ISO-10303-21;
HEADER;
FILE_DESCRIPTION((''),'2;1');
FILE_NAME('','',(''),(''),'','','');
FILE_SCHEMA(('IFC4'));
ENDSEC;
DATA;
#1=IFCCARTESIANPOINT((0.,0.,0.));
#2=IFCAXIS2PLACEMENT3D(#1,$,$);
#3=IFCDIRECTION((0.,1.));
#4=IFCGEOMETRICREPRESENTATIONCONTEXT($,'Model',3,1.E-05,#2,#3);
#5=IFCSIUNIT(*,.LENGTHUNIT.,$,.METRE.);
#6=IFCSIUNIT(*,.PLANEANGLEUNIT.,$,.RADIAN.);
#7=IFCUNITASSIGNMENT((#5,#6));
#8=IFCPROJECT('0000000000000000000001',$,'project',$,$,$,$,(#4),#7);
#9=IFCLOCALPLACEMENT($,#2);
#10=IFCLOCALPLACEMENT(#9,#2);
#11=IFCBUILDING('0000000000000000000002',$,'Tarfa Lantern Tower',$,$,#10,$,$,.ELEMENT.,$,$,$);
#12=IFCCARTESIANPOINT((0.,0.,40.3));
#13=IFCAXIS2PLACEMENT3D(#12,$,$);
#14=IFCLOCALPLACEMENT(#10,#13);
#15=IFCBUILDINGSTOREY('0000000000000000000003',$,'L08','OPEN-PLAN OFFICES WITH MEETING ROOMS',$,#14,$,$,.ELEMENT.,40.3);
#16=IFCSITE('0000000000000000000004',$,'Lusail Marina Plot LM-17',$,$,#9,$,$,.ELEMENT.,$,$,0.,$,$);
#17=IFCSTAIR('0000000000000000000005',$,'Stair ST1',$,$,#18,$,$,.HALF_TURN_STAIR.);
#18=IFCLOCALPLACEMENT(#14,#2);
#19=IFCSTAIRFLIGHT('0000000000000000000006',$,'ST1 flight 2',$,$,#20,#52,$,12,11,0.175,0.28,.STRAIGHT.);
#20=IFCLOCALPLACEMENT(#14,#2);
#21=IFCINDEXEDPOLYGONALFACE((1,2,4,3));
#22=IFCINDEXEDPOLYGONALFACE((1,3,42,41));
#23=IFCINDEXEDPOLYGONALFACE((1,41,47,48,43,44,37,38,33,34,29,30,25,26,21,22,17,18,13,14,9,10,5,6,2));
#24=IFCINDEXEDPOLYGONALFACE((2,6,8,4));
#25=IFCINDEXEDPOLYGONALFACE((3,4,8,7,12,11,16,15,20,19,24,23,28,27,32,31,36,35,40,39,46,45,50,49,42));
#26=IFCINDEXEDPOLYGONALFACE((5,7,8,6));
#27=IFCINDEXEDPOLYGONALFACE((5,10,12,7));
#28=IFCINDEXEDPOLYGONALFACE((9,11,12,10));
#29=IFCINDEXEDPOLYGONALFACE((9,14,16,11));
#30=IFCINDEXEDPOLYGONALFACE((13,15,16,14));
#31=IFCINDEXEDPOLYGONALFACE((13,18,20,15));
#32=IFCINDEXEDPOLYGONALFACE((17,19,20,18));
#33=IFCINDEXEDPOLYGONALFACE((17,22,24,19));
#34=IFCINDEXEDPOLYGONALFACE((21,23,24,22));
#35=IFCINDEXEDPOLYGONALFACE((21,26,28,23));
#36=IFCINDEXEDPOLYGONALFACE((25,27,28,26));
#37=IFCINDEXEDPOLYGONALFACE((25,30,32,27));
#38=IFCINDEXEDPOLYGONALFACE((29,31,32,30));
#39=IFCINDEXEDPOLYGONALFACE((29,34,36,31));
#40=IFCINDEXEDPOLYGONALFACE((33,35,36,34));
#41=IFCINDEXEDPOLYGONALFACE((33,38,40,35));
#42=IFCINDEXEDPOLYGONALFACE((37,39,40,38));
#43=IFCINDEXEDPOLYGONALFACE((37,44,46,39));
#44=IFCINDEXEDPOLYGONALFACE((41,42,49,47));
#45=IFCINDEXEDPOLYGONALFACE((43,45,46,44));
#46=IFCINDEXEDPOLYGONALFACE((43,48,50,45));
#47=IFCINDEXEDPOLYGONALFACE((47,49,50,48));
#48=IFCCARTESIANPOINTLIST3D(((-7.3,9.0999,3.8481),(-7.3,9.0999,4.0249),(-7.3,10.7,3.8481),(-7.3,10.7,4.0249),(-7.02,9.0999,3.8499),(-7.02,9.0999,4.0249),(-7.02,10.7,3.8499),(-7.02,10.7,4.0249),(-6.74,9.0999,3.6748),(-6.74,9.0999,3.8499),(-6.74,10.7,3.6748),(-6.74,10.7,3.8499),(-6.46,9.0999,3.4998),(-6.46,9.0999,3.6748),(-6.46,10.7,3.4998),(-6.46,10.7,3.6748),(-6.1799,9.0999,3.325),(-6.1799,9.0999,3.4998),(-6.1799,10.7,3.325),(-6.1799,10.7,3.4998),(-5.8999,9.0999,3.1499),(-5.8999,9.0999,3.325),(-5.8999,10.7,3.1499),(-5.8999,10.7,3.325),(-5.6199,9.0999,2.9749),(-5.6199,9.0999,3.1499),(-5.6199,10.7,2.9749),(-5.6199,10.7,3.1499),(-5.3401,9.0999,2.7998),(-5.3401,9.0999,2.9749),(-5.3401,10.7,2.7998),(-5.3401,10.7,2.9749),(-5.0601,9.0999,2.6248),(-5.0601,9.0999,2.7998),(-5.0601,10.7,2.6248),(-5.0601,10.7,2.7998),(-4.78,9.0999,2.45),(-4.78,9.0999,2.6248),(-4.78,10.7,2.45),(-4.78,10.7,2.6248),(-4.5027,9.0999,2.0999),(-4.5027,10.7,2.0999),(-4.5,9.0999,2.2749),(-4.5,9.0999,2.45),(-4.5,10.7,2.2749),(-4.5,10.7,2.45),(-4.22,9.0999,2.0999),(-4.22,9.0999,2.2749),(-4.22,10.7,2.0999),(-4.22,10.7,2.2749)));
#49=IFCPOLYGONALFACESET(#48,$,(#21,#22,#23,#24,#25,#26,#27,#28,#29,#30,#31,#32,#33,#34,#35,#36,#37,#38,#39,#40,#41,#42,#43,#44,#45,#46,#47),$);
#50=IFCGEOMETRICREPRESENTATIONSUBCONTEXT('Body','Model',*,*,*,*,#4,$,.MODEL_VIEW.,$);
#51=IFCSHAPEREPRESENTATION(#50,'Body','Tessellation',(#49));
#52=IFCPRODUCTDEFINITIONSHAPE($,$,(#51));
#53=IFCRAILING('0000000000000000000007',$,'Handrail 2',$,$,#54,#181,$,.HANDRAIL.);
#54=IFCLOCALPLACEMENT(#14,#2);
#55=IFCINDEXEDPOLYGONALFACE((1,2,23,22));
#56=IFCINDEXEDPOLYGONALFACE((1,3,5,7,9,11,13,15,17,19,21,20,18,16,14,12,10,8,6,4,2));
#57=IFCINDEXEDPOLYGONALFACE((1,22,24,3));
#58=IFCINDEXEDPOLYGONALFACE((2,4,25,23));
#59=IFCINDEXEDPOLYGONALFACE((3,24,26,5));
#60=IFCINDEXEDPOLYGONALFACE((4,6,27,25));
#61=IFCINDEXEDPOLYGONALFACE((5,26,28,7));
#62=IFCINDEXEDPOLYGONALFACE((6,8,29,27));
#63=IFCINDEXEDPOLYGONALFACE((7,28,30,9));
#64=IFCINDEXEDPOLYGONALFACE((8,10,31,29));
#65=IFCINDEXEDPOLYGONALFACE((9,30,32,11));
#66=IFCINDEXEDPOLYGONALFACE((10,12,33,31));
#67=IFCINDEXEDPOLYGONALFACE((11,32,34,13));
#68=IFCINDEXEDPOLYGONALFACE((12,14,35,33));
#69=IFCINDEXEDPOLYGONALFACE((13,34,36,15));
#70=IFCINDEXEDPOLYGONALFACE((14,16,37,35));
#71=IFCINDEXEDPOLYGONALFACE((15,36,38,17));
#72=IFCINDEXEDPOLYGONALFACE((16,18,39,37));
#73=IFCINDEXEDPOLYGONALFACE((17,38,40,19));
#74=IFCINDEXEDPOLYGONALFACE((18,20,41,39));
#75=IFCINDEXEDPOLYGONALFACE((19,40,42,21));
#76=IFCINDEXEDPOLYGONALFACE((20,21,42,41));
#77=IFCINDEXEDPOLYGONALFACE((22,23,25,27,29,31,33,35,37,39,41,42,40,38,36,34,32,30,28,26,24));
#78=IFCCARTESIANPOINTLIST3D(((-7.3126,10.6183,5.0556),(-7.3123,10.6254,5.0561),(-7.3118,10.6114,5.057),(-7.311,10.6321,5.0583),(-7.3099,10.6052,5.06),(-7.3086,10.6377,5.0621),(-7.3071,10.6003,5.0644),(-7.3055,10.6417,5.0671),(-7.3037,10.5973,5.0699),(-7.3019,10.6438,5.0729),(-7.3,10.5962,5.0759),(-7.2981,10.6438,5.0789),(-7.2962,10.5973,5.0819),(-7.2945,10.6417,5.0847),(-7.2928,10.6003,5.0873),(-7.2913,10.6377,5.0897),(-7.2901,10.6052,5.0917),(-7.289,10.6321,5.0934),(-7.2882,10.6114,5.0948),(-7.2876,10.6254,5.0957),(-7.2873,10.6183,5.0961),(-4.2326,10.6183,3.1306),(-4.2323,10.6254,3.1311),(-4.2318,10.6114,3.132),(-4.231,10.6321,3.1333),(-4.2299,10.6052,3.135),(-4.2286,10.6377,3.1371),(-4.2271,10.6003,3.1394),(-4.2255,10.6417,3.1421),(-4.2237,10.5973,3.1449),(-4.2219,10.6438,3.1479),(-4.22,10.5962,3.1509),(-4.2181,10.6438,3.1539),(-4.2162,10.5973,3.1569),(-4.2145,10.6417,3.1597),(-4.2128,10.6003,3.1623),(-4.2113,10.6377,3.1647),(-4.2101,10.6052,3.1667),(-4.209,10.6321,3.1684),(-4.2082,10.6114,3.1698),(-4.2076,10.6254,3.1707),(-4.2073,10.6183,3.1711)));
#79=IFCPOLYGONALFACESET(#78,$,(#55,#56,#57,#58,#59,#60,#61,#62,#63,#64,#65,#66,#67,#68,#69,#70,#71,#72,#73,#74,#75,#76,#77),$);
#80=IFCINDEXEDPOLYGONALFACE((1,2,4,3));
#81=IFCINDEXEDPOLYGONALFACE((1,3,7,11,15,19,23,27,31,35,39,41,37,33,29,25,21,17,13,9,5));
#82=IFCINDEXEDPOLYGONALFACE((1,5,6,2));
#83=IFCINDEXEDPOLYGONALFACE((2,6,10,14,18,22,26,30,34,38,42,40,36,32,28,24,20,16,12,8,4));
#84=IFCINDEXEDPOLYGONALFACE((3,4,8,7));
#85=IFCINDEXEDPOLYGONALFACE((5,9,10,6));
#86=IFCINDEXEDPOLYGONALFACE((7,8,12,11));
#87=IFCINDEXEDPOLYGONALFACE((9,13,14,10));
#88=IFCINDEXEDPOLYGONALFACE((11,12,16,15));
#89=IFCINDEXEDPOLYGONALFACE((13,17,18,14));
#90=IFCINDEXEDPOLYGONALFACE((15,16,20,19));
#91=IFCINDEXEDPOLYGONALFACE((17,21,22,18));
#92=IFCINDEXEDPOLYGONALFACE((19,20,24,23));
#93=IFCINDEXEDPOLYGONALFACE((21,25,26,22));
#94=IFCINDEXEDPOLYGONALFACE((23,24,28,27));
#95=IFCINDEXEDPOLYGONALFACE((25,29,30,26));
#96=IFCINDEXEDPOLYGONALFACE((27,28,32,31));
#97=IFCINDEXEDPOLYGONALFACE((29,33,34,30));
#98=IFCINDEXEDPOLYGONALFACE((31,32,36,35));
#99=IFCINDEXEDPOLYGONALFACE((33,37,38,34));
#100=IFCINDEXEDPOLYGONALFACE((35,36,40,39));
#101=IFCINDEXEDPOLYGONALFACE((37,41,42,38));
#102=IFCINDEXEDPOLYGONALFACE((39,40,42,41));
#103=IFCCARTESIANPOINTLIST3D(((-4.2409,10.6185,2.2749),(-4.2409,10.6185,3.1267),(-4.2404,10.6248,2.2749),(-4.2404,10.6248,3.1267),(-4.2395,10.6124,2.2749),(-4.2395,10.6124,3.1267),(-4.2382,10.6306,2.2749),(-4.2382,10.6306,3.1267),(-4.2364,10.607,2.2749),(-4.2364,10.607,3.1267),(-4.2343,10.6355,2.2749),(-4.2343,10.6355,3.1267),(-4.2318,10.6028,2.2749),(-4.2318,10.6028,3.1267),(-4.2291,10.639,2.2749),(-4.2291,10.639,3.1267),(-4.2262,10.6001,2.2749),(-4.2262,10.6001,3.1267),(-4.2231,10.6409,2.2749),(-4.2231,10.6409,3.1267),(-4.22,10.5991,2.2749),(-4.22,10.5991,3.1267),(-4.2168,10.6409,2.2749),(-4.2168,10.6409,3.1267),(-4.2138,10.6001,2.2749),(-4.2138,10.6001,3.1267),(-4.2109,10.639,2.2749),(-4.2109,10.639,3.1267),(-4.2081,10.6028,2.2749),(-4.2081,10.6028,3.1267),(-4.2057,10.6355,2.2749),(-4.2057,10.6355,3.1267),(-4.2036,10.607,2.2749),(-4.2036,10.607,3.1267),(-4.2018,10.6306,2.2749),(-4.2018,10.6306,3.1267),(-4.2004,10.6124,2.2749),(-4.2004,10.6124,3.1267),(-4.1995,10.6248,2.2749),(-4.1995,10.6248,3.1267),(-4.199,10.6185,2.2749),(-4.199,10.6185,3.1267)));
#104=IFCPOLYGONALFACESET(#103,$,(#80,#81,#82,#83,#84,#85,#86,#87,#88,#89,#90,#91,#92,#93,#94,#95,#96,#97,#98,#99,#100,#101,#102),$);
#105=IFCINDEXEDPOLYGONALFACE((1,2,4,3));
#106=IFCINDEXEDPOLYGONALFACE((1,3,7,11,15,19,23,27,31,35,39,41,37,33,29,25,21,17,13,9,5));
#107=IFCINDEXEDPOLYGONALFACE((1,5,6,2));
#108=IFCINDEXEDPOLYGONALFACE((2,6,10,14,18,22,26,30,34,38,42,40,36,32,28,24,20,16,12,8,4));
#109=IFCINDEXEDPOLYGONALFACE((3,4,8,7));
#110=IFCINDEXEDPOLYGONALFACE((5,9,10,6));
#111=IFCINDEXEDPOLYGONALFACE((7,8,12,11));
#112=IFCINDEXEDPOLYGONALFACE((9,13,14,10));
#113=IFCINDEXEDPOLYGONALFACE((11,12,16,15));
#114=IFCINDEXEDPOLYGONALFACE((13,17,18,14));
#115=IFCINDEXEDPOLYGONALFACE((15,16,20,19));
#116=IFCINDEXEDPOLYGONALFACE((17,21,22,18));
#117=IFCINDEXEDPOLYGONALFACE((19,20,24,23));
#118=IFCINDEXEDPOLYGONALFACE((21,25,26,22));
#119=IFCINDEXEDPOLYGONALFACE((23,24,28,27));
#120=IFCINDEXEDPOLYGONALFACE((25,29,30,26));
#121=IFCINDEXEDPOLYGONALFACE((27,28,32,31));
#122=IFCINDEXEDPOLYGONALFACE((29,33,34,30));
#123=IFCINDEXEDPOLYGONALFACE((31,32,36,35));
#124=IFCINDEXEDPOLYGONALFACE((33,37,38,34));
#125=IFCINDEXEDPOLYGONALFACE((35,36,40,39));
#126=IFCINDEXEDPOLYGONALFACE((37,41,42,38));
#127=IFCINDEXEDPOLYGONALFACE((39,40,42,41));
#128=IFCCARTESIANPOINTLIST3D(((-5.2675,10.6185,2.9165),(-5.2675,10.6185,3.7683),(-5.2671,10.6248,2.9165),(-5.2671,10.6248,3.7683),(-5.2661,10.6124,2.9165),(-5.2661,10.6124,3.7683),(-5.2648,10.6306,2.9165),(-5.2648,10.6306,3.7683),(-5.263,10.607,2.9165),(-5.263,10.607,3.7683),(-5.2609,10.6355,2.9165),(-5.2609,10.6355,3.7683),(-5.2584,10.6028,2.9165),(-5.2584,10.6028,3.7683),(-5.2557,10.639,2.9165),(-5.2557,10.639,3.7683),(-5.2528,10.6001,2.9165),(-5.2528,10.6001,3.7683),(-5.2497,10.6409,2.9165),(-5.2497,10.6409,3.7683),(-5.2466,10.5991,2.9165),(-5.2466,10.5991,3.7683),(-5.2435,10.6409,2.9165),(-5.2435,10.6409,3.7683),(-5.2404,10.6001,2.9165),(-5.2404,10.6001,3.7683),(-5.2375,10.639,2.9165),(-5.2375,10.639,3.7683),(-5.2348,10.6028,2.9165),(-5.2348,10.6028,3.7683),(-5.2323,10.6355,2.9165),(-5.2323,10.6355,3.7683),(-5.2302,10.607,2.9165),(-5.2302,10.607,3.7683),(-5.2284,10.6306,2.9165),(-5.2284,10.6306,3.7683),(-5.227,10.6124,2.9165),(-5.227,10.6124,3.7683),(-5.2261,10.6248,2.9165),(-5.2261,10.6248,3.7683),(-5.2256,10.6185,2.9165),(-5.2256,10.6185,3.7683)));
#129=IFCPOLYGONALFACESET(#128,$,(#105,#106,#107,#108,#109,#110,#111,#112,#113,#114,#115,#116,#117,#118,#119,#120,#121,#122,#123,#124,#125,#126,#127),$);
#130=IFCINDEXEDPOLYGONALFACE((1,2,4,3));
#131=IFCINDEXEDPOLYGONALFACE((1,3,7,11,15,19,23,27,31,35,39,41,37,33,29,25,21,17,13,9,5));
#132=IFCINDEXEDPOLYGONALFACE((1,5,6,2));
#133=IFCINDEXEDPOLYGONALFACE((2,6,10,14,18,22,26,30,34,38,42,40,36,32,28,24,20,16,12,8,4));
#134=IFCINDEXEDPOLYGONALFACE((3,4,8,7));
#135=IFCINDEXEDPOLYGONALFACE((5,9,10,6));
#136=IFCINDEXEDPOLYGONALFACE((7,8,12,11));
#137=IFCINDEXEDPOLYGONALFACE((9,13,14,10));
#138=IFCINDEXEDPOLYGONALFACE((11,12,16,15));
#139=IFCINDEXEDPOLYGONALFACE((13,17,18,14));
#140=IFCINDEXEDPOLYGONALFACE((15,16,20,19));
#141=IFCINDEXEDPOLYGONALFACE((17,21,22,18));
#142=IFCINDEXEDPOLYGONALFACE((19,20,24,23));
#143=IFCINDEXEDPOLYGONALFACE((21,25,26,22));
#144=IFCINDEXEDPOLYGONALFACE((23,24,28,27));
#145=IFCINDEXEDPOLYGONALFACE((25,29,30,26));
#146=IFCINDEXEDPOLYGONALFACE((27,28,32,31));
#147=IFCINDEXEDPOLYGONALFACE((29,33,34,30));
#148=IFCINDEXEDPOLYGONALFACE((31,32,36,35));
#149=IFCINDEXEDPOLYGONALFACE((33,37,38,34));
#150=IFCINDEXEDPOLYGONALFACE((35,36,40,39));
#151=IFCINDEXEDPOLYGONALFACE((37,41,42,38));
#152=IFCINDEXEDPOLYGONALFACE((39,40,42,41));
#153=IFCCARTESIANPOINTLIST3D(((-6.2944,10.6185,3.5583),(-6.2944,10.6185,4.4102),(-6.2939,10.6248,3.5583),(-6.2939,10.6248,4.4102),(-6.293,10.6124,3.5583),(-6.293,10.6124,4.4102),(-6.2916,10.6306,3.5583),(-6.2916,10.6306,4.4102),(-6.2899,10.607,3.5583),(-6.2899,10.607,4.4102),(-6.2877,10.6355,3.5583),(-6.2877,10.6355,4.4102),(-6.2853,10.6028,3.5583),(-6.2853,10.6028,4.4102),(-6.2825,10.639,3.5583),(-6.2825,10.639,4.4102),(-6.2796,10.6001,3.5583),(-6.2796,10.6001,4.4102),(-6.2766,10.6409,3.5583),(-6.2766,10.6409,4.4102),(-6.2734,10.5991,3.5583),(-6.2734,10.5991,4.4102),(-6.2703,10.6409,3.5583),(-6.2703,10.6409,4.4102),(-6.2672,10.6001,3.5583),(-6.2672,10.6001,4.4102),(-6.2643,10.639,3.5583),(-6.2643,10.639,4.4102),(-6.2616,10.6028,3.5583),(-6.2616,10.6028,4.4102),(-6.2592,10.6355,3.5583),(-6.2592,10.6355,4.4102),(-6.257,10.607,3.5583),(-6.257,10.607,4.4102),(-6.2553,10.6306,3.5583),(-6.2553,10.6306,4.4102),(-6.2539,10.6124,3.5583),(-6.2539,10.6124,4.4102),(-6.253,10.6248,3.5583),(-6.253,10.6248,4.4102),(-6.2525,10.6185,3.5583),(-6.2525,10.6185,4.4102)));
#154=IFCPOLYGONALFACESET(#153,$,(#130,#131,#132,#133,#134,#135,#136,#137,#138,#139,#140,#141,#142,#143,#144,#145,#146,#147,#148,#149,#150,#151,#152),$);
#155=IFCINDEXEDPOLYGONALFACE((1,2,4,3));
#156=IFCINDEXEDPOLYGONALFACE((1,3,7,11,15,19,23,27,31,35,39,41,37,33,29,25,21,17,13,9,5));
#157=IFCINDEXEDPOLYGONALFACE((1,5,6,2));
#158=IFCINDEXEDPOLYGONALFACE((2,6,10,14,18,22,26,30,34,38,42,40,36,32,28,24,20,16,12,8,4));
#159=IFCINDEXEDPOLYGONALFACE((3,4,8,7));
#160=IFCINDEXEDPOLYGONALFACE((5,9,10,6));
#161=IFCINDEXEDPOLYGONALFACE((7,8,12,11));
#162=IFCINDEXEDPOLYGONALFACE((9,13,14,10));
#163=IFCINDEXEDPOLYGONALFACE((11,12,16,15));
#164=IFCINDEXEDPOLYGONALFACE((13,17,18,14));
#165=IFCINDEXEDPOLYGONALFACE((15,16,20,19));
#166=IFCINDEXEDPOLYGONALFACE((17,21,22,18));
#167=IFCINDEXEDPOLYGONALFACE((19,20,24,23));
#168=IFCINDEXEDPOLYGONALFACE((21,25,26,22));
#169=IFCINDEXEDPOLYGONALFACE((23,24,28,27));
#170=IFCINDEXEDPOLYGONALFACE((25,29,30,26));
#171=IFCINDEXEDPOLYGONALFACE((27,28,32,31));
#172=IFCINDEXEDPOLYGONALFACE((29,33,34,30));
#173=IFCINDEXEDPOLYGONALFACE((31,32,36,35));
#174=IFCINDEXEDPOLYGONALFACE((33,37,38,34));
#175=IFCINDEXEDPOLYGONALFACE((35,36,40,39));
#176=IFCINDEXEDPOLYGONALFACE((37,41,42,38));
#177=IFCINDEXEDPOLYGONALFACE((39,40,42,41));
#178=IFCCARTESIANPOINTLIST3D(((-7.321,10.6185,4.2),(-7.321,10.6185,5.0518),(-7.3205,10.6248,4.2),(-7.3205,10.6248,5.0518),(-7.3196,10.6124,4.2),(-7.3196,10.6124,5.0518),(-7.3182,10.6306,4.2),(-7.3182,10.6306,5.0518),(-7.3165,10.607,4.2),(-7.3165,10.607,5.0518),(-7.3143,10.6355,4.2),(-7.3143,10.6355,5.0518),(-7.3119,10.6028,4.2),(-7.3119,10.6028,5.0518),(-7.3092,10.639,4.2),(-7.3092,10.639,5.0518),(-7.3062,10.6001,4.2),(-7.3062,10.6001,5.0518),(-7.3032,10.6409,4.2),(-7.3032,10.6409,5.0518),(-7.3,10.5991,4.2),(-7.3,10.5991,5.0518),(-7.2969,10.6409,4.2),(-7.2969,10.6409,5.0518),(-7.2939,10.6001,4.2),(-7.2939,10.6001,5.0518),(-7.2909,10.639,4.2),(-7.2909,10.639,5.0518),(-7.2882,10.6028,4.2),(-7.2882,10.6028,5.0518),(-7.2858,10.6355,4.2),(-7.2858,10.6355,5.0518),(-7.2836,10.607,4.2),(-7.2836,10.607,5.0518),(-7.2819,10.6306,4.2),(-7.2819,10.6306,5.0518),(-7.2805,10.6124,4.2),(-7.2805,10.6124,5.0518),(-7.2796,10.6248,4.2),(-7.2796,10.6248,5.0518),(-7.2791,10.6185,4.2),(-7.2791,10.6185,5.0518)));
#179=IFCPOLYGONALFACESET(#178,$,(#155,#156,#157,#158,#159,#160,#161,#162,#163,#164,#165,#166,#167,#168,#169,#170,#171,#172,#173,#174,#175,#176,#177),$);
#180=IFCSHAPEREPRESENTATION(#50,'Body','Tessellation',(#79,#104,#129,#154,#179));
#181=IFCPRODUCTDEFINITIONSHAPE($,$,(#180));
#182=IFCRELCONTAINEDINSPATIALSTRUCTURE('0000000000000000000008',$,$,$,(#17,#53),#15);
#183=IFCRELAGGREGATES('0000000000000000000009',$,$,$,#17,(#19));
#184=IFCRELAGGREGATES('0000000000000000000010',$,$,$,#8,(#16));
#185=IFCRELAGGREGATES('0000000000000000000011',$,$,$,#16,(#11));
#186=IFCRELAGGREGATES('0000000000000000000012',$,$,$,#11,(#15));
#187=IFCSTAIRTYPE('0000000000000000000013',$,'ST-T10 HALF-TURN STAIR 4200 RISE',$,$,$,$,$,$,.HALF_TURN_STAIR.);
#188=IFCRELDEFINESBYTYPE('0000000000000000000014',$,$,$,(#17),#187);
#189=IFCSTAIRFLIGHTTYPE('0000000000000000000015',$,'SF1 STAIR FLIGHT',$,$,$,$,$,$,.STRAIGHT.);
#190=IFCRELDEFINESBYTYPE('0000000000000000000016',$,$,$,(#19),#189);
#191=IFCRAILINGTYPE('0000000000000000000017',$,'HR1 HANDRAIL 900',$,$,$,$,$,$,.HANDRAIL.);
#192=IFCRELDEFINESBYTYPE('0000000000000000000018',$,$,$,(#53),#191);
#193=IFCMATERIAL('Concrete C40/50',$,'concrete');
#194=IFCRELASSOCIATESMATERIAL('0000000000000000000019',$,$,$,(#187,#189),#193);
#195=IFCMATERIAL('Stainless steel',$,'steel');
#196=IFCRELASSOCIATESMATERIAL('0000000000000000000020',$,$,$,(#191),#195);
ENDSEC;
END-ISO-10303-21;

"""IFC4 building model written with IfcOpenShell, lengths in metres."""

from ifc_helpers import new_model, si_unit, direction, frame, origin, origin_2d, place, context, subcontext, project, spatial, polyline, circle, outline, extrude, material, type_object, element, aggregate, save


model = new_model("IFC4")

# Units and contexts
model_context = context("Model", 3, precision=1e-05, world=origin(), true_north=direction((0.0, 1.0)))
body_context = subcontext(model_context, "Body", "Model", "MODEL_VIEW")
ifc_project = project(units=[si_unit("LENGTHUNIT", "METRE"), si_unit("PLANEANGLEUNIT", "RADIAN")], contexts=[model_context])

# Site, building, storey
site_placement = place(None, origin())
site = spatial("IfcSite", under=ifc_project, at=site_placement, Name="Lusail Marina Plot LM-17", CompositionType="ELEMENT", RefElevation=0.0)
building_placement = place(site_placement, origin())
building = spatial("IfcBuilding", under=site, at=building_placement, Name="Tarfa Lantern Tower", CompositionType="ELEMENT")
storey_placement = place(building_placement, frame((0.0, 0.0, 40.3)))
storey = spatial("IfcBuildingStorey", under=building, at=storey_placement, Name="L08", Description="OPEN-PLAN OFFICES WITH MEETING ROOMS", CompositionType="ELEMENT", Elevation=40.3)

# Stair, stair flight
ifc_material_1 = material(Name="Concrete C40/50", Category="concrete")
stair_type = type_object("IfcStairType", Name="ST-T10 HALF-TURN STAIR 4200 RISE", PredefinedType="HALF_TURN_STAIR", material=ifc_material_1)
stair_placement = place(storey_placement, origin())
stair = element("IfcStair", 1, at=stair_placement, inside=storey, type_object=stair_type, Name="Stair ST1", PredefinedType="HALF_TURN_STAIR")
stair_flight_type = type_object("IfcStairFlightType", Name="SF1 STAIR FLIGHT", PredefinedType="STRAIGHT", material=ifc_material_1)
stair_flight_placement = place(storey_placement, frame((-4.22, 9.8999, 2.0999), z_axis=(0.0, 0.0, 1.0), x_axis=(-1.0, 0.0, 0.0)))
stair_flight = element("IfcStairFlight", 2, at=stair_flight_placement, type_object=stair_flight_type, Name="ST1 flight 2", NumberOfRisers=12, NumberOfTreads=11, PredefinedType="STRAIGHT", RiserHeight=0.175, TreadLength=0.28, context=body_context, shape_type="SweptSolid", body=[
    extrude(outline(polyline([(0.0, 0.0), (0.0, 0.175), (0.28, 0.175), (0.28, 0.3501), (0.5601, 0.3501), (0.5601, 0.5249), (0.8401, 0.5249), (0.8401, 0.7), (1.1201, 0.7), (1.1201, 0.875), (1.3999, 0.875), (1.3999, 1.05), (1.6799, 1.05), (1.6799, 1.2251), (1.96, 1.2251), (1.96, 1.3999), (2.24, 1.3999), (2.24, 1.575), (2.52, 1.575), (2.52, 1.75), (2.8, 1.75), (2.8, 1.925), (3.0801, 1.925), (3.0801, 2.1001), (3.0801, 1.7483), (0.2827, 0.0), (0.0, 0.0)])), frame((0.0, 0.8, 0.0), z_axis=(0.0, -1.0, 0.0), x_axis=(1.0, 0.0, 0.0)), (0.0, 0.0, 1.0), 1.6001),
])
aggregate(stair, [stair_flight])

# Railing
ifc_material_2 = material(Name="Stainless steel", Category="steel")
railing_type = type_object("IfcRailingType", Name="HR1 HANDRAIL 900", PredefinedType="HANDRAIL", material=ifc_material_2)
railing_placement = place(storey_placement, frame((-4.22, 10.6201, 2.2749)))
element("IfcRailing", 3, at=railing_placement, inside=storey, type_object=railing_type, Name="Handrail 2", PredefinedType="HANDRAIL", context=body_context, shape_type="SweptSolid", body=[
    extrude(circle(Radius=0.0239, at=origin_2d()), frame((0.0, 0.0, 0.876), z_axis=(-0.847998, 0.0, 0.529999), x_axis=(0.0, -1.0, 0.0)), (0.0, 0.0, 1.0), 3.6321),
    extrude(circle(Radius=0.021, at=origin_2d()), frame((0.0, 0.0, 0.0), z_axis=(0.0, 0.0, 1.0), x_axis=(0.0, -1.0, 0.0)), (0.0, 0.0, 1.0), 0.8518),
    extrude(circle(Radius=0.021, at=origin_2d()), frame((-1.0266, 0.0, 0.6416), z_axis=(0.0, 0.0, 1.0), x_axis=(0.0, -1.0, 0.0)), (0.0, 0.0, 1.0), 0.8518),
    extrude(circle(Radius=0.021, at=origin_2d()), frame((-2.0535, 0.0, 1.2834), z_axis=(0.0, 0.0, 1.0), x_axis=(0.0, -1.0, 0.0)), (0.0, 0.0, 1.0), 0.8518),
    extrude(circle(Radius=0.021, at=origin_2d()), frame((-3.0801, 0.0, 1.925), z_axis=(0.0, 0.0, 1.0), x_axis=(0.0, -1.0, 0.0)), (0.0, 0.0, 1.0), 0.8518),
])

save(model, "model.ifc")
